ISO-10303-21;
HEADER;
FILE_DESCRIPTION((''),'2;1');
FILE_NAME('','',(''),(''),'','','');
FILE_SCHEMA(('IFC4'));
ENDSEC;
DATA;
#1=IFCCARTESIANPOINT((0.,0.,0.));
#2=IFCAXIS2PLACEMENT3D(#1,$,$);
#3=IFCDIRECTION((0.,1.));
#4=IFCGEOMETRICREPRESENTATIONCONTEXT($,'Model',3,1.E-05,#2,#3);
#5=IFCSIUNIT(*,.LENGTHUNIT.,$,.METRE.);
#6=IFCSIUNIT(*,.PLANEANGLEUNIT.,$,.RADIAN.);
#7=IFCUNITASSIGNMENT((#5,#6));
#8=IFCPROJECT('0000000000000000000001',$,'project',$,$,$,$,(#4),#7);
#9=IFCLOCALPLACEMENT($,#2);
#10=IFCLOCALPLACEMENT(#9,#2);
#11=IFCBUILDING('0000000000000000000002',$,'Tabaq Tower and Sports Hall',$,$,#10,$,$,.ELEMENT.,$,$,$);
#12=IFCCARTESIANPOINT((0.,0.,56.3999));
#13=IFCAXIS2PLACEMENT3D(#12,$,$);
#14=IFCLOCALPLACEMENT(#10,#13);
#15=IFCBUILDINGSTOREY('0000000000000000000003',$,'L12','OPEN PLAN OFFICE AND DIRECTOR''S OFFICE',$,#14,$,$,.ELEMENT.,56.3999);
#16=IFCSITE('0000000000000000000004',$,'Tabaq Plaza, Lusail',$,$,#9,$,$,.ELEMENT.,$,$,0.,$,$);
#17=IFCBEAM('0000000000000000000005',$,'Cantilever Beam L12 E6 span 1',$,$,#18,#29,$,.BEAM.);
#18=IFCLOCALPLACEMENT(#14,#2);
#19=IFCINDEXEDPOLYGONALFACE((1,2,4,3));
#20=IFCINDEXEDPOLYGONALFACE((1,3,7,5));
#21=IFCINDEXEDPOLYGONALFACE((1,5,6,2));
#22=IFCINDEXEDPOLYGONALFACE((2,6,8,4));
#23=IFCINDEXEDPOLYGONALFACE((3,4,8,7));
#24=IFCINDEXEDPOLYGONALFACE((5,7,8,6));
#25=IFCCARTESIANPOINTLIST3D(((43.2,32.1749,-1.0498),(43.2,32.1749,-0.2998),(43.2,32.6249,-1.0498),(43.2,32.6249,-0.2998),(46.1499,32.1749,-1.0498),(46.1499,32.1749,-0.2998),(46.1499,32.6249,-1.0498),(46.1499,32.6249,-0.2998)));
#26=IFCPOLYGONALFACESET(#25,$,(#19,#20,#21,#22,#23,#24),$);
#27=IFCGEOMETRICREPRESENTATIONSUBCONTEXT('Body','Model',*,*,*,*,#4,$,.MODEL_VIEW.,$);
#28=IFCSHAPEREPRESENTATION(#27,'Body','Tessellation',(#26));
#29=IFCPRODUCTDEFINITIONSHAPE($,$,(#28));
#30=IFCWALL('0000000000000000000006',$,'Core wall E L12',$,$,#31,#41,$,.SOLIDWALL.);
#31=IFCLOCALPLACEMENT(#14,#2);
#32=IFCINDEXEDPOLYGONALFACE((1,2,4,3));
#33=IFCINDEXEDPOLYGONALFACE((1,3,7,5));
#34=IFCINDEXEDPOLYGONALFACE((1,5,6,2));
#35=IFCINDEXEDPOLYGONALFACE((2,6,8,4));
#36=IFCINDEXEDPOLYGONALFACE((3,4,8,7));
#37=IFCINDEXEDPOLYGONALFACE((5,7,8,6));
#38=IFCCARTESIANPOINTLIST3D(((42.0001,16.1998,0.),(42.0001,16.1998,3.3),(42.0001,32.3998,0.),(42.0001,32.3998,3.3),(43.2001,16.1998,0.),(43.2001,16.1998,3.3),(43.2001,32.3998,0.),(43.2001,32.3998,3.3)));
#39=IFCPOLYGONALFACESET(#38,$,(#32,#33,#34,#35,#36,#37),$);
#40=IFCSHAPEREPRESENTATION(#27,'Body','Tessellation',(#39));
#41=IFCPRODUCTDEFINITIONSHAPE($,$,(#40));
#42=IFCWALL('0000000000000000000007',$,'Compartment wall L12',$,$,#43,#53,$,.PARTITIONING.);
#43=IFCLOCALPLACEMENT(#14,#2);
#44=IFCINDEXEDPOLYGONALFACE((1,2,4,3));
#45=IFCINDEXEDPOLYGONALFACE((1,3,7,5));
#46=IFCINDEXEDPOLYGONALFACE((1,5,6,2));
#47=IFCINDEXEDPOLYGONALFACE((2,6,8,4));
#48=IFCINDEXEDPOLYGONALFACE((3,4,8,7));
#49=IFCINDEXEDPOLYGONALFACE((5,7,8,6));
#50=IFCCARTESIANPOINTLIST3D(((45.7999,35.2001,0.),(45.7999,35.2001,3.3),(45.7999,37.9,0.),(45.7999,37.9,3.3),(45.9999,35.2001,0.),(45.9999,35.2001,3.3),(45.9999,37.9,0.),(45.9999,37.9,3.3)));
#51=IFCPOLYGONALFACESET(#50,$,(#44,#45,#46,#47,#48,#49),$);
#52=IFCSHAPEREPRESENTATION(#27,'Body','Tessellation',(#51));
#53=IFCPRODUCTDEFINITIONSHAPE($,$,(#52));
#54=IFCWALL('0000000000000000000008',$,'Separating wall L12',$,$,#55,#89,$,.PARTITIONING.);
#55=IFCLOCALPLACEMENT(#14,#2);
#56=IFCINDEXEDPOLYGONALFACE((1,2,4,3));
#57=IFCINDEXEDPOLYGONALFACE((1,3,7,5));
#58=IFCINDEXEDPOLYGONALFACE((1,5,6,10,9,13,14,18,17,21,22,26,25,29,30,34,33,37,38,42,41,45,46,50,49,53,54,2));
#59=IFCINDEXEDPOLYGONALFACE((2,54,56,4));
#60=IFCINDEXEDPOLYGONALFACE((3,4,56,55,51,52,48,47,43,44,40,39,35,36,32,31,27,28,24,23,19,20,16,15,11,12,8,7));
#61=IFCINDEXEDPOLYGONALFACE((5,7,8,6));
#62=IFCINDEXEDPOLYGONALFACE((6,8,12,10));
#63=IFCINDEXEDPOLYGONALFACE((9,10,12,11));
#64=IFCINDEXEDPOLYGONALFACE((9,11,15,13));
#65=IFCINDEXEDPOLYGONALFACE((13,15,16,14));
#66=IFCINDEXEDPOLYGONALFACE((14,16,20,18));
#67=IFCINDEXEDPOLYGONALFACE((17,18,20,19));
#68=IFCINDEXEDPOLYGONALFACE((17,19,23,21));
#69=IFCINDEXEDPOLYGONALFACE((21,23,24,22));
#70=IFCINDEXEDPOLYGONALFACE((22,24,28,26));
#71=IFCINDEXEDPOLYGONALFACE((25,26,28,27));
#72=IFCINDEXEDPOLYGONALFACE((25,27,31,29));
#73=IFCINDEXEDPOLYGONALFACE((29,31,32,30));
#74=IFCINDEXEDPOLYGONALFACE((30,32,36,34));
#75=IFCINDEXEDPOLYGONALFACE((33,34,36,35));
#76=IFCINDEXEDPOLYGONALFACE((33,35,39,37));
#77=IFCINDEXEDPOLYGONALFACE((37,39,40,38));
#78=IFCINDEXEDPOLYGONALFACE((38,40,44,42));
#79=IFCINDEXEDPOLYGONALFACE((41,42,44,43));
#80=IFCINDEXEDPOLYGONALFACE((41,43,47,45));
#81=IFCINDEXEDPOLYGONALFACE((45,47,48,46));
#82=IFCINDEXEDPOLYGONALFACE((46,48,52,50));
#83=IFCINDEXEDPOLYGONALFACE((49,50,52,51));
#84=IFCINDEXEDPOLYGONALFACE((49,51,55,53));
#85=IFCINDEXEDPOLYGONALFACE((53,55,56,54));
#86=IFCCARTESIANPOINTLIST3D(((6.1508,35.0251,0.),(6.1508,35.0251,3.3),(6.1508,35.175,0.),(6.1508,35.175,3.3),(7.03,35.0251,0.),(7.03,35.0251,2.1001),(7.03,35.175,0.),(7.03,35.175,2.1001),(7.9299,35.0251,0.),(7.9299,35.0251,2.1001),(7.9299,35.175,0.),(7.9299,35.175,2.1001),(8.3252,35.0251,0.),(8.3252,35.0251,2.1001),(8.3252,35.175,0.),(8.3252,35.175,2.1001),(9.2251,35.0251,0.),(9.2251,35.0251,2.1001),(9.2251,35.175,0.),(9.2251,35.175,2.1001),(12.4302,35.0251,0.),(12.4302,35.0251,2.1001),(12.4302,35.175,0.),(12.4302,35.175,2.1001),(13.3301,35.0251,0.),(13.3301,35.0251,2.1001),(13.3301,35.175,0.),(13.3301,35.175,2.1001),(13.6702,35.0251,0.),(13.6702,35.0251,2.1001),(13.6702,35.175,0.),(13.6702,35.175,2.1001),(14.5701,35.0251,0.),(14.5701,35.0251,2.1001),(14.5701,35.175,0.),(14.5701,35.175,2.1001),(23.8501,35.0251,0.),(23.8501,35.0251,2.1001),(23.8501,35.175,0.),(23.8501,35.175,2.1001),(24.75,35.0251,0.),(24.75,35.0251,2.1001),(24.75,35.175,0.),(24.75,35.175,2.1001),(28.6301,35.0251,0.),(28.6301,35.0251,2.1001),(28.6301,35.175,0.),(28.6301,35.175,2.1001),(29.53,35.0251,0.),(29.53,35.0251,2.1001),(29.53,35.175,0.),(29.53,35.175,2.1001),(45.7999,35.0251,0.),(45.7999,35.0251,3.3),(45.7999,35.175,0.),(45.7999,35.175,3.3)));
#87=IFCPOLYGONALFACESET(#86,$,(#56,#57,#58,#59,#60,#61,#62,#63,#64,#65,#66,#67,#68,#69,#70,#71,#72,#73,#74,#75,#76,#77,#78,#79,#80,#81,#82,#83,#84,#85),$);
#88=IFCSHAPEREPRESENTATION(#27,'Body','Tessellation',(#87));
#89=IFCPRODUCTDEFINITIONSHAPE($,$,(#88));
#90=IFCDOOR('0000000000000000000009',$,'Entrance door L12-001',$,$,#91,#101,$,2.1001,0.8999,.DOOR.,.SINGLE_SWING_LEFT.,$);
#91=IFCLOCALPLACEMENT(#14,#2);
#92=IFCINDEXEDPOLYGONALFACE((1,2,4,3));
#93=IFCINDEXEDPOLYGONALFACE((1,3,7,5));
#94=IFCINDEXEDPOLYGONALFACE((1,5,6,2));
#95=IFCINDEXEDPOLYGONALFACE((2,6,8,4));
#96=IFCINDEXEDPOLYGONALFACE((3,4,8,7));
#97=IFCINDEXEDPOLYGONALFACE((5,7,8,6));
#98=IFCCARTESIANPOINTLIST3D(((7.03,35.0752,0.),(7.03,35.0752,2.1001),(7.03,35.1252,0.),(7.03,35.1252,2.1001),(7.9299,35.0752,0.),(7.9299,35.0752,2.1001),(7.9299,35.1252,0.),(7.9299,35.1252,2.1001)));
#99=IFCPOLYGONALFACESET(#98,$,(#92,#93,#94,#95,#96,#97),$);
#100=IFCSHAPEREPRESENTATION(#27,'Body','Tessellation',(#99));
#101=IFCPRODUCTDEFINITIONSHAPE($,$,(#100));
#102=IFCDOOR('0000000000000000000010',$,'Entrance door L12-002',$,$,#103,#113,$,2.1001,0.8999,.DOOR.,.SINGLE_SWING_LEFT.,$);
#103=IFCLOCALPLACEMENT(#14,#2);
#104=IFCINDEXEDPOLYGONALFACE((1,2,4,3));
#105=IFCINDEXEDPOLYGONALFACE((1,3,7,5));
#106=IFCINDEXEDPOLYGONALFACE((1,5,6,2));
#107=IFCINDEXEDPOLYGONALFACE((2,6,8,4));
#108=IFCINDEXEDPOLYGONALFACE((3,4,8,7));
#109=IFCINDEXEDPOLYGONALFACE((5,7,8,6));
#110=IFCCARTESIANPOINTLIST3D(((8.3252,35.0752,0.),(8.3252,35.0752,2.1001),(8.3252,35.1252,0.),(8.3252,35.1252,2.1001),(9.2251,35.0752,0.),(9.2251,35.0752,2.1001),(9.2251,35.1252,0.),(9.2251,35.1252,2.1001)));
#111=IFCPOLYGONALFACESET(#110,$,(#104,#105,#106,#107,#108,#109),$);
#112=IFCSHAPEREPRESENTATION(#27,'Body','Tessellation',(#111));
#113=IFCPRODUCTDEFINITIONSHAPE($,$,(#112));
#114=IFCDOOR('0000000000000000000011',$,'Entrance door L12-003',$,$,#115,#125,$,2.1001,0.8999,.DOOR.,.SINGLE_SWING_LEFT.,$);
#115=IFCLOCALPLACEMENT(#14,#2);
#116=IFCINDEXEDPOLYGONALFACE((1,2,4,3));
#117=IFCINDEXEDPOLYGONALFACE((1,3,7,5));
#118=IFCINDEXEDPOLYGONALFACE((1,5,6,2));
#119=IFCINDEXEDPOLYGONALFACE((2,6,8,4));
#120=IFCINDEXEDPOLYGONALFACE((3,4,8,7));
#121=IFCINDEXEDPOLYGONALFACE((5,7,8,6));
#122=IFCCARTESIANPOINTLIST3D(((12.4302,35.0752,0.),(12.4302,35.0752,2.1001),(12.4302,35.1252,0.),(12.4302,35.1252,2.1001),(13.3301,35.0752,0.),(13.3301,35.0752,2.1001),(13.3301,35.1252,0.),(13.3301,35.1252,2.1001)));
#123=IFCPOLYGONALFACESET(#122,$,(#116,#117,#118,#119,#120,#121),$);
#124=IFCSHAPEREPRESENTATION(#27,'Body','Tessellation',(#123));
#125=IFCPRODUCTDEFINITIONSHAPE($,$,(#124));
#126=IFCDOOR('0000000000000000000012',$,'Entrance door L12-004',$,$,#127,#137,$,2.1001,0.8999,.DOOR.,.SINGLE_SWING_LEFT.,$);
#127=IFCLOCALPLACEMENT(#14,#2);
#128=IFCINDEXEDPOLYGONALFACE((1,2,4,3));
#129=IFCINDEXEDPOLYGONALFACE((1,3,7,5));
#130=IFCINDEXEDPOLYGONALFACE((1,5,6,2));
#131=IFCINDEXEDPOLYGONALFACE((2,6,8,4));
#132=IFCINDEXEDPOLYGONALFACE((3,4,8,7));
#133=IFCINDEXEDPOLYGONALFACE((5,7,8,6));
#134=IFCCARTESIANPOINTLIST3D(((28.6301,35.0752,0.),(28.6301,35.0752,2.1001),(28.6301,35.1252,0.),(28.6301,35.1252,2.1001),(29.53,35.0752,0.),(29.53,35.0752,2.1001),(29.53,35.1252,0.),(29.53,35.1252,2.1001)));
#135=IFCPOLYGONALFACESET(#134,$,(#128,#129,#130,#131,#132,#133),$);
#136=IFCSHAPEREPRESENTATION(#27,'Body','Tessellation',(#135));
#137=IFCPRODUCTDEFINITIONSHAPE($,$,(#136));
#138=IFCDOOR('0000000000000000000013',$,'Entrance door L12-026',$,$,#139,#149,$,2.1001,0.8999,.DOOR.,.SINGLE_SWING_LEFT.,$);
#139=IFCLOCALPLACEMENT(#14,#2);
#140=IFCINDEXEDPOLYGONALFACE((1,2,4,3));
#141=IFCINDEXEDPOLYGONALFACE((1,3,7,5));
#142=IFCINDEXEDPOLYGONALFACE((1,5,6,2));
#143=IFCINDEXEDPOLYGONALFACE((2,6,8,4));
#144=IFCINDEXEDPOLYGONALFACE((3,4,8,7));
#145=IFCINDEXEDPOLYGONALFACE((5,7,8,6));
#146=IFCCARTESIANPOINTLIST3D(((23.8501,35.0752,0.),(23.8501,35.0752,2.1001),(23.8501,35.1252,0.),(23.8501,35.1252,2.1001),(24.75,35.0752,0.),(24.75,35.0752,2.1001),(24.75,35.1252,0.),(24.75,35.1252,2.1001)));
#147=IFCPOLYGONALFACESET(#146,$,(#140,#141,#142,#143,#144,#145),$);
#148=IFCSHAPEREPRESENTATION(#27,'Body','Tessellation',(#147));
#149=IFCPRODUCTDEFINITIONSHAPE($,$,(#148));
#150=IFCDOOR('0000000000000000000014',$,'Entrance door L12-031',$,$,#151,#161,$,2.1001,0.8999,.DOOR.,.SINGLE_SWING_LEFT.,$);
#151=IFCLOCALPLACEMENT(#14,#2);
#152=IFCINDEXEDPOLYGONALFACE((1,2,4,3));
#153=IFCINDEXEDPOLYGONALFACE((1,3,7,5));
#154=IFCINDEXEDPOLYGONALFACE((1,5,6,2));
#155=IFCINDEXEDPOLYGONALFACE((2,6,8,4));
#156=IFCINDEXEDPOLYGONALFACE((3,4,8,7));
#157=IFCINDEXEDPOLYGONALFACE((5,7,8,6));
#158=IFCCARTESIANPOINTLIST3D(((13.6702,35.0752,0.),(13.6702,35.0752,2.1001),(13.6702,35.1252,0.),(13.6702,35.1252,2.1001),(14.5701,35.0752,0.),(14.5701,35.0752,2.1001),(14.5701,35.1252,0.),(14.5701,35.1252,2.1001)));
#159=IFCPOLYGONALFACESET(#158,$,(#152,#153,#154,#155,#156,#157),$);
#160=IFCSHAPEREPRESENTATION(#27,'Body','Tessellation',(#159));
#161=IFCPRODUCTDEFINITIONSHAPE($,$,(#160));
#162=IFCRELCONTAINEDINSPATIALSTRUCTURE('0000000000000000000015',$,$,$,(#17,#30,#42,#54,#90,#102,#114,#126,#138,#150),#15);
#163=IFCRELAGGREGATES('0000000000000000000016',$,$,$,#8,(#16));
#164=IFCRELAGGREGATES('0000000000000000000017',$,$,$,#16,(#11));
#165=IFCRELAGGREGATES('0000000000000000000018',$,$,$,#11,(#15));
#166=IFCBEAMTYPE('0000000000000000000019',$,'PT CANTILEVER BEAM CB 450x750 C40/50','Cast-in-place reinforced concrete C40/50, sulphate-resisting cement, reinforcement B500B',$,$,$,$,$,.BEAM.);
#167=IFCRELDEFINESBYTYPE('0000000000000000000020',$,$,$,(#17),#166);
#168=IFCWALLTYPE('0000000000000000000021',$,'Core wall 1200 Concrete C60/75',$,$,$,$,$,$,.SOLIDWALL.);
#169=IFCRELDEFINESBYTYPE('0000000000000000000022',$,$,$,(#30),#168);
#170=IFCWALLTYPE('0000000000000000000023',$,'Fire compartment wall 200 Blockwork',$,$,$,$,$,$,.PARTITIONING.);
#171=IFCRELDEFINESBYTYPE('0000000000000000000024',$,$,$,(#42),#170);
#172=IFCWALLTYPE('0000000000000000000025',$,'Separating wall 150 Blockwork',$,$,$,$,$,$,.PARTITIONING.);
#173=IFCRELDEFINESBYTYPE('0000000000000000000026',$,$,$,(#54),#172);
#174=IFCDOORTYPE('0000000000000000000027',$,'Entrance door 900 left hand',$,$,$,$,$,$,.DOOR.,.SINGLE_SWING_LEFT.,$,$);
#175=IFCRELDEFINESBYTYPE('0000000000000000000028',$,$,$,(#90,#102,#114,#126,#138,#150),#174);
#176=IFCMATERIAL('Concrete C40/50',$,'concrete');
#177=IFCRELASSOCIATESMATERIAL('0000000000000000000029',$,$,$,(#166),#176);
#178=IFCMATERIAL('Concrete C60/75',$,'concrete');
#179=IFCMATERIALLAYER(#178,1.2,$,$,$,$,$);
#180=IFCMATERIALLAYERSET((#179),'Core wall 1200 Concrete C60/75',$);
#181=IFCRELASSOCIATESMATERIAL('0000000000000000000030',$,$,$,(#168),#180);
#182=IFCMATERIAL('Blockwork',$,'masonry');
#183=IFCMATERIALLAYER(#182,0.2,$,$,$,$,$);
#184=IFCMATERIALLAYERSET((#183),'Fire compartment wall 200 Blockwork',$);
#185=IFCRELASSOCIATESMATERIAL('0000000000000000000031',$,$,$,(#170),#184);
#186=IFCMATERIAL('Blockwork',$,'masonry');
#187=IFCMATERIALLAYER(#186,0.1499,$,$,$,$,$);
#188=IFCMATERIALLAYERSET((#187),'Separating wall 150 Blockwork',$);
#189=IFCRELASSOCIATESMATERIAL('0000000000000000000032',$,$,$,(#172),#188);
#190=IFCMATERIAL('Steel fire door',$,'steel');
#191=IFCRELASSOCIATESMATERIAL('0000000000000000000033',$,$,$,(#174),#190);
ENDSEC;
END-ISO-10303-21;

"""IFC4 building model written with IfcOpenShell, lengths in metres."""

from ifc_helpers import new_model, si_unit, direction, frame, frame_2d, origin, origin_2d, place, context, subcontext, project, spatial, rectangle, extrude, material, layer, layer_set, material_profile, profile_set, type_object, element, fill, save


model = new_model("IFC4")

# Units and contexts
model_context = context("Model", 3, precision=1e-05, world=origin(), true_north=direction((0.0, 1.0)))
body_context = subcontext(model_context, "Body", "Model", "MODEL_VIEW")
ifc_project = project(units=[si_unit("LENGTHUNIT", "METRE"), si_unit("PLANEANGLEUNIT", "RADIAN")], contexts=[model_context])

# Site, building, storey
site_placement = place(None, origin())
site = spatial("IfcSite", under=ifc_project, at=site_placement, Name="Tabaq Plaza, Lusail", CompositionType="ELEMENT", RefElevation=0.0)
building_placement = place(site_placement, origin())
building = spatial("IfcBuilding", under=site, at=building_placement, Name="Tabaq Tower and Sports Hall", CompositionType="ELEMENT")
storey_placement = place(building_placement, frame((0.0, 0.0, 56.3999)))
storey = spatial("IfcBuildingStorey", under=building, at=storey_placement, Name="L12", Description="OPEN PLAN OFFICE AND DIRECTOR'S OFFICE", CompositionType="ELEMENT", Elevation=56.3999)

# Beam
ifc_material_1 = material(Name="Concrete C40/50", Category="concrete")
ifc_material_profile = material_profile(ifc_material_1, rectangle(XDim=0.45, YDim=0.75, at=origin_2d()), Name="CB 450x750")
ifc_profile_set = profile_set([ifc_material_profile], Name="Concrete C40/50")
beam_type = type_object("IfcBeamType", Name="PT CANTILEVER BEAM CB 450x750 C40/50", Description="Cast-in-place reinforced concrete C40/50, sulphate-resisting cement, reinforcement B500B", PredefinedType="BEAM", material=ifc_profile_set)
beam_placement = place(storey_placement, frame((46.1499, 32.3999, -0.6748), z_axis=(-1.0, 0.0, 0.0), x_axis=(0.0, -1.0, 0.0)))
element("IfcBeam", 1, at=beam_placement, inside=storey, type_object=beam_type, Name="Cantilever Beam L12 E6 span 1", PredefinedType="BEAM", context=body_context, shape_type="SweptSolid", body=[
    extrude(rectangle(XDim=0.45, YDim=0.75, at=origin_2d()), origin(), (0.0, 0.0, 1.0), 2.95),
])

# Wall
ifc_material_2 = material(Name="Concrete C60/75", Category="concrete")
ifc_layer_1 = layer(ifc_material_2, 1.2)
ifc_layer_set_1 = layer_set([ifc_layer_1], Name="Core wall 1200 Concrete C60/75")
wall_type_1 = type_object("IfcWallType", Name="Core wall 1200 Concrete C60/75", PredefinedType="SOLIDWALL", material=ifc_layer_set_1)
wall_1_placement = place(storey_placement, frame((42.6001, 32.3999, 0.0), z_axis=(0.0, 0.0, 1.0), x_axis=(0.0, -1.0, 0.0)))
element("IfcWall", 2, at=wall_1_placement, inside=storey, type_object=wall_type_1, Name="Core wall E L12", PredefinedType="SOLIDWALL", context=body_context, shape_type="SweptSolid", body=[
    extrude(rectangle(XDim=16.2, YDim=1.2, at=frame_2d((8.1001, 0.0))), origin(), (0.0, 0.0, 1.0), 3.3),
])

# Shared definitions
ifc_material_3 = material(Name="Blockwork", Category="masonry")
ifc_layer_2 = layer(ifc_material_3, 0.2)
ifc_layer_set_2 = layer_set([ifc_layer_2], Name="Fire compartment wall 200 Blockwork")
wall_type_2 = type_object("IfcWallType", Name="Fire compartment wall 200 Blockwork", PredefinedType="PARTITIONING", material=ifc_layer_set_2)

# Wall
wall_2_placement = place(storey_placement, frame((45.8999, 35.2, 0.0), z_axis=(0.0, 0.0, 1.0), x_axis=(0.0, 1.0, 0.0)))
element("IfcWall", 3, at=wall_2_placement, inside=storey, type_object=wall_type_2, Name="Compartment wall L12", PredefinedType="PARTITIONING", context=body_context, shape_type="SweptSolid", body=[
    extrude(rectangle(XDim=2.7, YDim=0.2, at=frame_2d((1.3501, 0.0))), origin(), (0.0, 0.0, 1.0), 3.3),
])

# Wall, openings, doors
ifc_material_4 = material(Name="Blockwork", Category="masonry")
ifc_layer_3 = layer(ifc_material_4, 0.1499)
ifc_layer_set_3 = layer_set([ifc_layer_3], Name="Separating wall 150 Blockwork")
wall_type_3 = type_object("IfcWallType", Name="Separating wall 150 Blockwork", PredefinedType="PARTITIONING", material=ifc_layer_set_3)
wall_3_placement = place(storey_placement, frame((45.8, 35.1001, 0.0), z_axis=(0.0, 0.0, 1.0), x_axis=(-1.0, 0.0, 0.0)))
wall_3 = element("IfcWall", 4, at=wall_3_placement, inside=storey, type_object=wall_type_3, Name="Separating wall L12", PredefinedType="PARTITIONING", context=body_context, shape_type="SweptSolid", body=[
    extrude(rectangle(XDim=39.6492, YDim=0.1499, at=frame_2d((19.8247, 0.0))), origin(), (0.0, 0.0, 1.0), 3.3),
])
opening_1_placement = place(wall_3_placement, frame((37.8701, 0.0, 0.0)))
opening_1 = element("IfcOpeningElement", 5, at=opening_1_placement, cuts=wall_3, PredefinedType="OPENING", context=body_context, shape_type="SweptSolid", body=[
    extrude(rectangle(XDim=0.8999, YDim=2.1001, at=frame_2d((0.45, 1.05))), frame((0.0, 0.075, 0.0), z_axis=(0.0, -1.0, 0.0), x_axis=(1.0, 0.0, 0.0)), (0.0, 0.0, 1.0), 0.1499),
])
opening_2_placement = place(wall_3_placement, frame((36.575, 0.0, 0.0)))
opening_2 = element("IfcOpeningElement", 6, at=opening_2_placement, cuts=wall_3, PredefinedType="OPENING", context=body_context, shape_type="SweptSolid", body=[
    extrude(rectangle(XDim=0.8999, YDim=2.1001, at=frame_2d((0.45, 1.05))), frame((0.0, 0.075, 0.0), z_axis=(0.0, -1.0, 0.0), x_axis=(1.0, 0.0, 0.0)), (0.0, 0.0, 1.0), 0.1499),
])
opening_3_placement = place(wall_3_placement, frame((32.47, 0.0, 0.0)))
opening_3 = element("IfcOpeningElement", 7, at=opening_3_placement, cuts=wall_3, PredefinedType="OPENING", context=body_context, shape_type="SweptSolid", body=[
    extrude(rectangle(XDim=0.8999, YDim=2.1001, at=frame_2d((0.45, 1.05))), frame((0.0, 0.075, 0.0), z_axis=(0.0, -1.0, 0.0), x_axis=(1.0, 0.0, 0.0)), (0.0, 0.0, 1.0), 0.1499),
])
opening_4_placement = place(wall_3_placement, frame((16.27, 0.0, 0.0)))
opening_4 = element("IfcOpeningElement", 8, at=opening_4_placement, cuts=wall_3, PredefinedType="OPENING", context=body_context, shape_type="SweptSolid", body=[
    extrude(rectangle(XDim=0.8999, YDim=2.1001, at=frame_2d((0.45, 1.05))), frame((0.0, 0.075, 0.0), z_axis=(0.0, -1.0, 0.0), x_axis=(1.0, 0.0, 0.0)), (0.0, 0.0, 1.0), 0.1499),
])
opening_5_placement = place(wall_3_placement, frame((21.05, 0.0, 0.0)))
opening_5 = element("IfcOpeningElement", 9, at=opening_5_placement, cuts=wall_3, PredefinedType="OPENING", context=body_context, shape_type="SweptSolid", body=[
    extrude(rectangle(XDim=0.8999, YDim=2.1001, at=frame_2d((0.45, 1.05))), frame((0.0, 0.075, 0.0), z_axis=(0.0, -1.0, 0.0), x_axis=(1.0, 0.0, 0.0)), (0.0, 0.0, 1.0), 0.1499),
])
opening_6_placement = place(wall_3_placement, frame((31.23, 0.0, 0.0)))
opening_6 = element("IfcOpeningElement", 10, at=opening_6_placement, cuts=wall_3, PredefinedType="OPENING", context=body_context, shape_type="SweptSolid", body=[
    extrude(rectangle(XDim=0.8999, YDim=2.1001, at=frame_2d((0.45, 1.05))), frame((0.0, 0.075, 0.0), z_axis=(0.0, -1.0, 0.0), x_axis=(1.0, 0.0, 0.0)), (0.0, 0.0, 1.0), 0.1499),
])
ifc_material_5 = material(Name="Steel fire door", Category="steel")
door_type_1 = type_object("IfcDoorType", Name="Entrance door 900 left hand", OperationType="SINGLE_SWING_LEFT", PredefinedType="DOOR", material=ifc_material_5)
door_1_placement = place(opening_1_placement, origin())
door_1 = element("IfcDoor", 11, at=door_1_placement, inside=storey, type_object=door_type_1, Name="Entrance door L12-001", OperationType="SINGLE_SWING_LEFT", OverallHeight=2.1001, OverallWidth=0.8999, PredefinedType="DOOR", context=body_context, shape_type="SweptSolid", body=[
    extrude(rectangle(XDim=0.8999, YDim=2.1001, at=frame_2d((0.45, 1.05))), frame((0.0, 0.0249, 0.0), z_axis=(0.0, -1.0, 0.0), x_axis=(1.0, 0.0, 0.0)), (0.0, 0.0, 1.0), 0.05),
])
fill(opening_1, door_1)
door_2_placement = place(opening_2_placement, origin())
door_2 = element("IfcDoor", 12, at=door_2_placement, inside=storey, type_object=door_type_1, Name="Entrance door L12-002", OperationType="SINGLE_SWING_LEFT", OverallHeight=2.1001, OverallWidth=0.8999, PredefinedType="DOOR", context=body_context, shape_type="SweptSolid", body=[
    extrude(rectangle(XDim=0.8999, YDim=2.1001, at=frame_2d((0.45, 1.05))), frame((0.0, 0.0249, 0.0), z_axis=(0.0, -1.0, 0.0), x_axis=(1.0, 0.0, 0.0)), (0.0, 0.0, 1.0), 0.05),
])
fill(opening_2, door_2)
door_3_placement = place(opening_3_placement, origin())
door_3 = element("IfcDoor", 13, at=door_3_placement, inside=storey, type_object=door_type_1, Name="Entrance door L12-003", OperationType="SINGLE_SWING_LEFT", OverallHeight=2.1001, OverallWidth=0.8999, PredefinedType="DOOR", context=body_context, shape_type="SweptSolid", body=[
    extrude(rectangle(XDim=0.8999, YDim=2.1001, at=frame_2d((0.45, 1.05))), frame((0.0, 0.0249, 0.0), z_axis=(0.0, -1.0, 0.0), x_axis=(1.0, 0.0, 0.0)), (0.0, 0.0, 1.0), 0.05),
])
fill(opening_3, door_3)
door_4_placement = place(opening_4_placement, origin())
door_4 = element("IfcDoor", 14, at=door_4_placement, inside=storey, type_object=door_type_1, Name="Entrance door L12-004", OperationType="SINGLE_SWING_LEFT", OverallHeight=2.1001, OverallWidth=0.8999, PredefinedType="DOOR", context=body_context, shape_type="SweptSolid", body=[
    extrude(rectangle(XDim=0.8999, YDim=2.1001, at=frame_2d((0.45, 1.05))), frame((0.0, 0.0249, 0.0), z_axis=(0.0, -1.0, 0.0), x_axis=(1.0, 0.0, 0.0)), (0.0, 0.0, 1.0), 0.05),
])
fill(opening_4, door_4)
door_5_placement = place(opening_5_placement, origin())
door_5 = element("IfcDoor", 15, at=door_5_placement, inside=storey, type_object=door_type_1, Name="Entrance door L12-026", OperationType="SINGLE_SWING_LEFT", OverallHeight=2.1001, OverallWidth=0.8999, PredefinedType="DOOR", context=body_context, shape_type="SweptSolid", body=[
    extrude(rectangle(XDim=0.8999, YDim=2.1001, at=frame_2d((0.45, 1.05))), frame((0.0, 0.0249, 0.0), z_axis=(0.0, -1.0, 0.0), x_axis=(1.0, 0.0, 0.0)), (0.0, 0.0, 1.0), 0.05),
])
fill(opening_5, door_5)
door_6_placement = place(opening_6_placement, origin())
door_6 = element("IfcDoor", 16, at=door_6_placement, inside=storey, type_object=door_type_1, Name="Entrance door L12-031", OperationType="SINGLE_SWING_LEFT", OverallHeight=2.1001, OverallWidth=0.8999, PredefinedType="DOOR", context=body_context, shape_type="SweptSolid", body=[
    extrude(rectangle(XDim=0.8999, YDim=2.1001, at=frame_2d((0.45, 1.05))), frame((0.0, 0.0249, 0.0), z_axis=(0.0, -1.0, 0.0), x_axis=(1.0, 0.0, 0.0)), (0.0, 0.0, 1.0), 0.05),
])
fill(opening_6, door_6)

save(model, "model.ifc")
